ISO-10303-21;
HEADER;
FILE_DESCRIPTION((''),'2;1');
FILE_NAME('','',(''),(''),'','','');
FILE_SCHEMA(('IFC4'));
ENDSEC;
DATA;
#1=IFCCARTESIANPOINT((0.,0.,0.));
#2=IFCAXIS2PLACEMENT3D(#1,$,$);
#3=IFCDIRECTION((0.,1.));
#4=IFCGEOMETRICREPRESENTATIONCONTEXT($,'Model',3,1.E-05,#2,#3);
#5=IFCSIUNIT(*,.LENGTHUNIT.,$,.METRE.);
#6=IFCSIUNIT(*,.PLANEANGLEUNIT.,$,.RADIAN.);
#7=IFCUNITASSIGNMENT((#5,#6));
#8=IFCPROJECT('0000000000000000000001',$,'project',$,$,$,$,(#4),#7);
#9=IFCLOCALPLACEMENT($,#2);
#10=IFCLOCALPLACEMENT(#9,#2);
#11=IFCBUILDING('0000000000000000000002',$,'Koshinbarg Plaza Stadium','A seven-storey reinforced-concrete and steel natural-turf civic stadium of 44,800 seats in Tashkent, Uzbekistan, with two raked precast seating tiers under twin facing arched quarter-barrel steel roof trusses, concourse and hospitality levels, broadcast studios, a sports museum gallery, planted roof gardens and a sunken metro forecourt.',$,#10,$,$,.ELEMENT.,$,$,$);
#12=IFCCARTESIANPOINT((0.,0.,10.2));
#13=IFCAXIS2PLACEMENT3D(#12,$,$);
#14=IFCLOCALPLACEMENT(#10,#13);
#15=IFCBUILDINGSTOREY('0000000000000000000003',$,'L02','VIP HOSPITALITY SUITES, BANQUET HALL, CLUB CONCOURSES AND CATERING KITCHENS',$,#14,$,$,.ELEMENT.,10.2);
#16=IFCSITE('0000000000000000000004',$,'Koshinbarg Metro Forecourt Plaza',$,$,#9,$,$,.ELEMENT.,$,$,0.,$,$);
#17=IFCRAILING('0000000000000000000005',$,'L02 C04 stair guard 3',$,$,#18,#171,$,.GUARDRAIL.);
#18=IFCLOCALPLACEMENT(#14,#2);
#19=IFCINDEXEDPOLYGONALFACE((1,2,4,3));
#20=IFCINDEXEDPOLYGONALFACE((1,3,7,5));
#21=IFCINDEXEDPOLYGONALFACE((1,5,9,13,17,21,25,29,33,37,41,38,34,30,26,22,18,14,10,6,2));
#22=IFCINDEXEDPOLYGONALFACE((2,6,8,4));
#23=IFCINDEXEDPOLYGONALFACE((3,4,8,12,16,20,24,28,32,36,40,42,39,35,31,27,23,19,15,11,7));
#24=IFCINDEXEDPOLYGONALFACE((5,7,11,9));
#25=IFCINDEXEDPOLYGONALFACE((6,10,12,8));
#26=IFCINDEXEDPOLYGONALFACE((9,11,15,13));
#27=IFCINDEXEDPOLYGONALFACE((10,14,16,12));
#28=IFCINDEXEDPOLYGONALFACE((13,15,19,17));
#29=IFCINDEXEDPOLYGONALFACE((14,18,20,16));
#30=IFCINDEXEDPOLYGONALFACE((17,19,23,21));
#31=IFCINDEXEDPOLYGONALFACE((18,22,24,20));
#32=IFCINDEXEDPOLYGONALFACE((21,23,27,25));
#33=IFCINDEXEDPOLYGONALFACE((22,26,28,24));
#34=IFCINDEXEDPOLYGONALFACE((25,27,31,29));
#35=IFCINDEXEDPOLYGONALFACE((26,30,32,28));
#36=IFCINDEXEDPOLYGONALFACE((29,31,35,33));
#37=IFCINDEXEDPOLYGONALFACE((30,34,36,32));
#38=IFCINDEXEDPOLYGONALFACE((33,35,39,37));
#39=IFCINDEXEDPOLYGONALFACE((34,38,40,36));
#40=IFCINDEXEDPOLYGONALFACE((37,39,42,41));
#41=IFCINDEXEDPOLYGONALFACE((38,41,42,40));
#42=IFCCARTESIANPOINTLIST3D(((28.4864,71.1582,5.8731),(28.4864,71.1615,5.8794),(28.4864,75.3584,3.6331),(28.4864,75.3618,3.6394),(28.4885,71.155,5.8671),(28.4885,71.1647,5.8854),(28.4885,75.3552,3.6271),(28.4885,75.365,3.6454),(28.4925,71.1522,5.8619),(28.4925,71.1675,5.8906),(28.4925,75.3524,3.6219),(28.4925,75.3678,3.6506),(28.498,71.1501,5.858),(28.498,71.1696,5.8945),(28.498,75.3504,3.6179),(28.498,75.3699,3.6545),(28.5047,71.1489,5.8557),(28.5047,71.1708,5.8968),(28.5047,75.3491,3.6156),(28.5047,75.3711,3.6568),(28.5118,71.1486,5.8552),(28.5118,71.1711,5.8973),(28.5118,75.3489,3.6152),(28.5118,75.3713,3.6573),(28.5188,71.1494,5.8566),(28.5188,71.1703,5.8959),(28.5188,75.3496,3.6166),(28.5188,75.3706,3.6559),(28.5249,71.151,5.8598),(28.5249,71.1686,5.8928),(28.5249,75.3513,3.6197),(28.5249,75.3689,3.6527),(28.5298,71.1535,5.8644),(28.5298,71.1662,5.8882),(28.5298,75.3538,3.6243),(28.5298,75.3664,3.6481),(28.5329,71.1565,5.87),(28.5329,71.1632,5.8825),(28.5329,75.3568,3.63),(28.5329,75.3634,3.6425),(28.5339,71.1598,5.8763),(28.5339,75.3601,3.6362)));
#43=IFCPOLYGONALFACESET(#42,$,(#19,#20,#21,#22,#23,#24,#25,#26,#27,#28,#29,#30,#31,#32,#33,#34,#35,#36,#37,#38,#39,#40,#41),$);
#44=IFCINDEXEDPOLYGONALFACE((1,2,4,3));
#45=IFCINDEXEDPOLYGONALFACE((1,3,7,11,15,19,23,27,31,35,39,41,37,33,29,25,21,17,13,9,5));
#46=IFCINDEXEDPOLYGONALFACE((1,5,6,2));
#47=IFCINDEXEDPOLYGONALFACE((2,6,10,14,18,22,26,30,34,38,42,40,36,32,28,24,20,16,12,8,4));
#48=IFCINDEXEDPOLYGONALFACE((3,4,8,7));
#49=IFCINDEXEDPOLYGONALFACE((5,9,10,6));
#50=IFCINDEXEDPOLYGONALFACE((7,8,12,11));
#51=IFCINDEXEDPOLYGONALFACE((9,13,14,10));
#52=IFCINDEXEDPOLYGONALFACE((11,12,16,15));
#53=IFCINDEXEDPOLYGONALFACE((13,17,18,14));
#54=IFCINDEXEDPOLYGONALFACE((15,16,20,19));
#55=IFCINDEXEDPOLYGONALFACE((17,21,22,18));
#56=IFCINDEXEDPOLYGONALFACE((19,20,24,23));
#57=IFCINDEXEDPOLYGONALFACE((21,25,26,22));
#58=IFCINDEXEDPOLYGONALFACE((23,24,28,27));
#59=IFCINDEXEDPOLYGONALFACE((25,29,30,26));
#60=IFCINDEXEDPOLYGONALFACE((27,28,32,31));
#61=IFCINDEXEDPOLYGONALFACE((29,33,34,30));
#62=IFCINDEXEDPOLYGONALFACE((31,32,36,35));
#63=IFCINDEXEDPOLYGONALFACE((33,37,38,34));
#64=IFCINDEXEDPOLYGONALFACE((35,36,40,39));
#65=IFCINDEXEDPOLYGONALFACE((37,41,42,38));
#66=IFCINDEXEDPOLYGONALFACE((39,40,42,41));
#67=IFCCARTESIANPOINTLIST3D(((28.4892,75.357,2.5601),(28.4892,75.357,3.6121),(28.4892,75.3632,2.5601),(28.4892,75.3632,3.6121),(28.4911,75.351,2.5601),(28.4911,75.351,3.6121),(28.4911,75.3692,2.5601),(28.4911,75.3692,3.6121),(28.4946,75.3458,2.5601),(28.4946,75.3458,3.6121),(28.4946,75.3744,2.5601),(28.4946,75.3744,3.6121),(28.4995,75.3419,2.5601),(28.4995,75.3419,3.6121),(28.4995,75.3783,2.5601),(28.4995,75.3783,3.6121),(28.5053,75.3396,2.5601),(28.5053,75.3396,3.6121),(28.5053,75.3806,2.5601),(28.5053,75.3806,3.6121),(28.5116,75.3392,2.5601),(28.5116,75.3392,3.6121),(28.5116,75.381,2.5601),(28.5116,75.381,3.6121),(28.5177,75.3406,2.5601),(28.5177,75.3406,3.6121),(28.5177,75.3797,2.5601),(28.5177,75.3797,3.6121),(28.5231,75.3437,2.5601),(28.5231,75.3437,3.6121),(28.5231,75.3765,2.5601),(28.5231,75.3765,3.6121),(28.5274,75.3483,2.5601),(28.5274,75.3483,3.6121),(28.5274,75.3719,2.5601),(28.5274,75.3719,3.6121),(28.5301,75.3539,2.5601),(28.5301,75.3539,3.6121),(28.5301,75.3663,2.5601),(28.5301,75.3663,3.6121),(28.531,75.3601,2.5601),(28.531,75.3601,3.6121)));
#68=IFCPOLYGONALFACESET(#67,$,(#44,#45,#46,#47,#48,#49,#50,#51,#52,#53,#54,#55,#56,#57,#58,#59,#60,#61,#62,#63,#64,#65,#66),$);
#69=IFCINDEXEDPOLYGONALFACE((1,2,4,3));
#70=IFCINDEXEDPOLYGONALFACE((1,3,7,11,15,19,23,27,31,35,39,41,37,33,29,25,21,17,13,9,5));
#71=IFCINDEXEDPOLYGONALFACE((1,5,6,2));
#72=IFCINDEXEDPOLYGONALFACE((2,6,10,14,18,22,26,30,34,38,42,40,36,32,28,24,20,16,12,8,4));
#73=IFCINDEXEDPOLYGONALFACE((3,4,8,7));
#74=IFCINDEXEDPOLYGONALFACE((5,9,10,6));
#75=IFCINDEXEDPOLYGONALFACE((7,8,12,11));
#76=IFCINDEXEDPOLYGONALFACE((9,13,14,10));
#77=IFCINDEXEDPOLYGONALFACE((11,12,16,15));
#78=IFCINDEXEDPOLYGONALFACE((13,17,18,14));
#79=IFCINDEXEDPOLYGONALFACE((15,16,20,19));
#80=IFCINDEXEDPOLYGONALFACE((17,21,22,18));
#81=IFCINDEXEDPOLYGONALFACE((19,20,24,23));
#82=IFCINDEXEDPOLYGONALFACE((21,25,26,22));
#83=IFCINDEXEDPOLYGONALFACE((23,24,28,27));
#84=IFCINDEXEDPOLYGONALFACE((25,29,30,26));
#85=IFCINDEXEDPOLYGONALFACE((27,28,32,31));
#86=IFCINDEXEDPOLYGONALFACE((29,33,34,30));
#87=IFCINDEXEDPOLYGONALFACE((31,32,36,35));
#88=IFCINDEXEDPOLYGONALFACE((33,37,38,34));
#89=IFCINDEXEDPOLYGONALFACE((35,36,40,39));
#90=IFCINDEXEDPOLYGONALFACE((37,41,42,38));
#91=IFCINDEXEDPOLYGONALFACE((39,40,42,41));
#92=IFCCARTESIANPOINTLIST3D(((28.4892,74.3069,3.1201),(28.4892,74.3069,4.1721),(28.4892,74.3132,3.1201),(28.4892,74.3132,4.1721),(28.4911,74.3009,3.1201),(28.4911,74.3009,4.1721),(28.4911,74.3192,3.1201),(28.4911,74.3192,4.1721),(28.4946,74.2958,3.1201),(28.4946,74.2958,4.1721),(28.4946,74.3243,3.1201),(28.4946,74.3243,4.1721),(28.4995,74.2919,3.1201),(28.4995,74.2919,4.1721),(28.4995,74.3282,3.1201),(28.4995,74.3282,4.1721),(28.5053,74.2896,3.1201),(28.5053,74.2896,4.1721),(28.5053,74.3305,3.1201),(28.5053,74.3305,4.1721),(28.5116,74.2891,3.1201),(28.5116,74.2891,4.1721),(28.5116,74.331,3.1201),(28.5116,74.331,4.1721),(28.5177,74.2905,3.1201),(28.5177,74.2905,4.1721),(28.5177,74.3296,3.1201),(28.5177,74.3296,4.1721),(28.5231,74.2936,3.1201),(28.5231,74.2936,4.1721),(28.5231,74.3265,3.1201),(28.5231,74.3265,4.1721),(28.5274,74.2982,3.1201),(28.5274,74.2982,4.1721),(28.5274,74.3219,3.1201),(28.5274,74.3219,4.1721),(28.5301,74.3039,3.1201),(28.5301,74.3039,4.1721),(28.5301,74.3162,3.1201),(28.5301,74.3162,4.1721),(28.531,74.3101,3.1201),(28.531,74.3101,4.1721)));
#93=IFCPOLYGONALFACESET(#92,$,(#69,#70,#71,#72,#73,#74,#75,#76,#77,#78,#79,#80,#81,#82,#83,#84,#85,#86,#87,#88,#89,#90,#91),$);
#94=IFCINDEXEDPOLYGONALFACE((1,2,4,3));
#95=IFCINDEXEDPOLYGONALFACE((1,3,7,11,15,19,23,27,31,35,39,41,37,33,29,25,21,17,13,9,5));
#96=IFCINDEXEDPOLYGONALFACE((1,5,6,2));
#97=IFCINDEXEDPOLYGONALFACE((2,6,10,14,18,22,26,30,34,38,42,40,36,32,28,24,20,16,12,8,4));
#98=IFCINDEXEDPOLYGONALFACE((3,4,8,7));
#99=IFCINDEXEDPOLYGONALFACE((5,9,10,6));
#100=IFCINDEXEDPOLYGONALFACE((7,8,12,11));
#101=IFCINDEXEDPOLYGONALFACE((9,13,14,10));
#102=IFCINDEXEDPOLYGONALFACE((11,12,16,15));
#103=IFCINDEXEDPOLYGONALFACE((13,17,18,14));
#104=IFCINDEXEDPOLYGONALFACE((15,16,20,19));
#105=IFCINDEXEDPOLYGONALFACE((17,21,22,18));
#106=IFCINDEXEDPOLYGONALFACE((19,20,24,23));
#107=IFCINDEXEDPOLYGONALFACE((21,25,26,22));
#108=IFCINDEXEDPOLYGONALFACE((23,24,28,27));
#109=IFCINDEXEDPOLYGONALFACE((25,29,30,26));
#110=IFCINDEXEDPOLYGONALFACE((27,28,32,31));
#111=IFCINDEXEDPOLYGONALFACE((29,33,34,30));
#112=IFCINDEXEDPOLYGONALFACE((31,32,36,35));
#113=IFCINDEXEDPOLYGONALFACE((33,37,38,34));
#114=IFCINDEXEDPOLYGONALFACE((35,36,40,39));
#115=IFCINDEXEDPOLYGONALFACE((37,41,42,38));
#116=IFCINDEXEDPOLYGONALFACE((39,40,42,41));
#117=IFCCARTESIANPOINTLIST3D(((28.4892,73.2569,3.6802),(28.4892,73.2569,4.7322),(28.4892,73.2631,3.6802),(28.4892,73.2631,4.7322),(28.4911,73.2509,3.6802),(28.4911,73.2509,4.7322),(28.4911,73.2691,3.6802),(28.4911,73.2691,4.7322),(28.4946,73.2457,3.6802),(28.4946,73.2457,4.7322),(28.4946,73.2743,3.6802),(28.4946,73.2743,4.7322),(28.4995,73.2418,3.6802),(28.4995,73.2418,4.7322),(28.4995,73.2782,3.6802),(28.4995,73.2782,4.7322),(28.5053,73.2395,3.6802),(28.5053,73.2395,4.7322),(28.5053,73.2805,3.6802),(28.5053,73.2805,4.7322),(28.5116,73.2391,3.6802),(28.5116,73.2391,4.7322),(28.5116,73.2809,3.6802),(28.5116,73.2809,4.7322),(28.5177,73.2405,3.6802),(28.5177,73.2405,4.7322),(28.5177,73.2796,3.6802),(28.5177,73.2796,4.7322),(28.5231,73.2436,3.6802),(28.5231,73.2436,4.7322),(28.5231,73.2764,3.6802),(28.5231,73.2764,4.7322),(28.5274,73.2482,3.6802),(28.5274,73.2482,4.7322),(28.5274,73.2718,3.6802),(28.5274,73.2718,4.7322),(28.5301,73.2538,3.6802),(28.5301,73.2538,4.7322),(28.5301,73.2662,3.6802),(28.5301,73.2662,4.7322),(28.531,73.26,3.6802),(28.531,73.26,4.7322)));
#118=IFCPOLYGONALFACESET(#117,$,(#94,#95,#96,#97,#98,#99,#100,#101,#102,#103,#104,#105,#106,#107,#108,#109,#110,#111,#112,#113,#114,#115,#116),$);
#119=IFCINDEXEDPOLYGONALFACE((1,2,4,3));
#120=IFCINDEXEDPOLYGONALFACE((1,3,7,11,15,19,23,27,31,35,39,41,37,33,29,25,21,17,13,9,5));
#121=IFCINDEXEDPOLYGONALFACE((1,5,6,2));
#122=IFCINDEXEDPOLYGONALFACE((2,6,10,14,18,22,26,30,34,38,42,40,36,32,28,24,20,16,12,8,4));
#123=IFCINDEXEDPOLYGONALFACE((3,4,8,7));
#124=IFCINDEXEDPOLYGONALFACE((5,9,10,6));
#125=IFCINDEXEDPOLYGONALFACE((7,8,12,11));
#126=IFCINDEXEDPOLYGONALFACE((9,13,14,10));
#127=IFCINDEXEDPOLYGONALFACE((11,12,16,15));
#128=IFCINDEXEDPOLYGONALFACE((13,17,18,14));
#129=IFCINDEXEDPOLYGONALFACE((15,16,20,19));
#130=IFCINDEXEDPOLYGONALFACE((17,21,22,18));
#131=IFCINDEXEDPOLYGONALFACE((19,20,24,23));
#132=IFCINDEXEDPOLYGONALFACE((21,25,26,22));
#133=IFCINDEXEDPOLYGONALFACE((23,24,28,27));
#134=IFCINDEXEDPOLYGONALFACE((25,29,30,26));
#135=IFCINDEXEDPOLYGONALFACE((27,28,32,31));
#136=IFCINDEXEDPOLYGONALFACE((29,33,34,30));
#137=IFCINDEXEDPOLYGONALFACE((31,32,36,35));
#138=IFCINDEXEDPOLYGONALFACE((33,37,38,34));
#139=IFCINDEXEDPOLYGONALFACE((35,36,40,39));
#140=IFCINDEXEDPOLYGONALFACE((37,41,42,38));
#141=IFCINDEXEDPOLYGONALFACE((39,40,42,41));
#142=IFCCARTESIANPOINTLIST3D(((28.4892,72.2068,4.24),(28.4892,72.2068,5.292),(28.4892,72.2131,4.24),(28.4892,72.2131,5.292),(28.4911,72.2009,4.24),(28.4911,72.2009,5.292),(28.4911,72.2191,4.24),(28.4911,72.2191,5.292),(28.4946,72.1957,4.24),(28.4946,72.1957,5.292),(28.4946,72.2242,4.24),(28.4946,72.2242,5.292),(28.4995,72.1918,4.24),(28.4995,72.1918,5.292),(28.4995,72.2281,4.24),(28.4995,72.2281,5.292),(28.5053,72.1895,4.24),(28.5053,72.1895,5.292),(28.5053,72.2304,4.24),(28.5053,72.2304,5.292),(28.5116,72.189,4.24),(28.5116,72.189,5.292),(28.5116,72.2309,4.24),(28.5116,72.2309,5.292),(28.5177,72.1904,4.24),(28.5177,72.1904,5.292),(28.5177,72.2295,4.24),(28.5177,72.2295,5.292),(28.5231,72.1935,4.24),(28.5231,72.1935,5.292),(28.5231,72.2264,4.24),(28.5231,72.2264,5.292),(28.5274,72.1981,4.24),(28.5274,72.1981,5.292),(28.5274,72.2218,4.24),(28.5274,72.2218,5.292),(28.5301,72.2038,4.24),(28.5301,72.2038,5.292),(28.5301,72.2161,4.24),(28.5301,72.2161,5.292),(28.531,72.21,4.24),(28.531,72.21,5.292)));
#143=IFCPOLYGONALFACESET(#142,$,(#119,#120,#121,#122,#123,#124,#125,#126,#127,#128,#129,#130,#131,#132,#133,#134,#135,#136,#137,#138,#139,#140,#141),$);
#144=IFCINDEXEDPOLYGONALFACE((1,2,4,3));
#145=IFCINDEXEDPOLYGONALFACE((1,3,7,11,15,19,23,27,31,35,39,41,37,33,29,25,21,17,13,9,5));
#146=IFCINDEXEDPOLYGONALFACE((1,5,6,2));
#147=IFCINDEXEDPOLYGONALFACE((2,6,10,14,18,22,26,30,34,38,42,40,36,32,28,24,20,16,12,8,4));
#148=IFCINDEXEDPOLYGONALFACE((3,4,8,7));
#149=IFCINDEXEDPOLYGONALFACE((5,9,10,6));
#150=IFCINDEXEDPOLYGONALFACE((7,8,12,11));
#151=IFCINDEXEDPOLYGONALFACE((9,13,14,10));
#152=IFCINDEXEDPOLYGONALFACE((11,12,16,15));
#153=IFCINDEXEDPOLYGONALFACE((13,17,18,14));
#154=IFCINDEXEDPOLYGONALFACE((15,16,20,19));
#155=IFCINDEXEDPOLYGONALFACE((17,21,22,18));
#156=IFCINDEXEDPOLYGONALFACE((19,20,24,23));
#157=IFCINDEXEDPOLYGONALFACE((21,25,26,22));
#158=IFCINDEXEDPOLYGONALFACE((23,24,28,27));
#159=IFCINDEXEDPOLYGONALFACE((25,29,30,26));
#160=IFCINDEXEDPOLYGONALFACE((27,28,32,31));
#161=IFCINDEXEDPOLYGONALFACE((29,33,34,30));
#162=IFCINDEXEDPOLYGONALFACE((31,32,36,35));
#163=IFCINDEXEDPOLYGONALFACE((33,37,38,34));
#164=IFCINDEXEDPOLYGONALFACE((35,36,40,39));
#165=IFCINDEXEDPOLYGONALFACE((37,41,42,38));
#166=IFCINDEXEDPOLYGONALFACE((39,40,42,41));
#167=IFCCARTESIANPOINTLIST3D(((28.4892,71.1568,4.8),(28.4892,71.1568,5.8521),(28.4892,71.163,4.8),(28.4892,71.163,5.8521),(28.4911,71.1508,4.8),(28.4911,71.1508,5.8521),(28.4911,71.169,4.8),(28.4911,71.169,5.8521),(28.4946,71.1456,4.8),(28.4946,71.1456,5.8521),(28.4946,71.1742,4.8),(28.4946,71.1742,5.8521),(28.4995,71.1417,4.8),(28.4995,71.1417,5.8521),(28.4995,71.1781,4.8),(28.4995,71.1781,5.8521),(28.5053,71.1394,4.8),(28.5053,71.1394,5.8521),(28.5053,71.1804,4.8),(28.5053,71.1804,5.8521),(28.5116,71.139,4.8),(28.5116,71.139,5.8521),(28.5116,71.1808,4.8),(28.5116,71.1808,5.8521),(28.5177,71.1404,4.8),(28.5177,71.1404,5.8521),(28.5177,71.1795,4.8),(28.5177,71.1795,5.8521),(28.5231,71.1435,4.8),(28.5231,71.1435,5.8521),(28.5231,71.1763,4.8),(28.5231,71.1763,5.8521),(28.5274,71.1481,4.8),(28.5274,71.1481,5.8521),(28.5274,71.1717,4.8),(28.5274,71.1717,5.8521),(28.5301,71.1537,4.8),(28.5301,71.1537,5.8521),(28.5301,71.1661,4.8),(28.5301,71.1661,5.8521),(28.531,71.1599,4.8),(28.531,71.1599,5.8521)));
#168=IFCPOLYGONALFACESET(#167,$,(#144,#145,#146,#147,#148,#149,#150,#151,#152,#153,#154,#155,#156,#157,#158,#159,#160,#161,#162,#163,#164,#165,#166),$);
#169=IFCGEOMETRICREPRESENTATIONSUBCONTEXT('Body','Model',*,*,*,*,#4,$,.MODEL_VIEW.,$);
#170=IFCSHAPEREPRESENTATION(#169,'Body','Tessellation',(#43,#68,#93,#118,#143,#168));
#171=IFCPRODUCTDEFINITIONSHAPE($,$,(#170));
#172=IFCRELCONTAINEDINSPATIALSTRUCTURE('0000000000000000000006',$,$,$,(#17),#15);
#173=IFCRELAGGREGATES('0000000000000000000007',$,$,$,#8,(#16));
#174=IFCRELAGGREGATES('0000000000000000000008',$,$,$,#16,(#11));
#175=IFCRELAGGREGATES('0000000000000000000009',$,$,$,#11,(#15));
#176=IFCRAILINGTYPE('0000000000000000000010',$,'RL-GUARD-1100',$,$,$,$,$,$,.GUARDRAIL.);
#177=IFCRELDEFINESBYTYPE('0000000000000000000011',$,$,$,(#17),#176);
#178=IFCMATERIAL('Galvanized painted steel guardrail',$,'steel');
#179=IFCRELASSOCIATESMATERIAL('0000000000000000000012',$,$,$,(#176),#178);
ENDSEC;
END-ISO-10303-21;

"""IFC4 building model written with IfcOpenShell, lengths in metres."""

from ifc_helpers import new_model, si_unit, direction, frame, origin, origin_2d, place, context, subcontext, project, spatial, circle, extrude, material, type_object, element, save


model = new_model("IFC4")

# Units and contexts
model_context = context("Model", 3, precision=1e-05, world=origin(), true_north=direction((0.0, 1.0)))
body_context = subcontext(model_context, "Body", "Model", "MODEL_VIEW")
ifc_project = project(units=[si_unit("LENGTHUNIT", "METRE"), si_unit("PLANEANGLEUNIT", "RADIAN")], contexts=[model_context])

# Site, building, storey
site_placement = place(None, origin())
site = spatial("IfcSite", under=ifc_project, at=site_placement, Name="Koshinbarg Metro Forecourt Plaza", CompositionType="ELEMENT", RefElevation=0.0)
building_placement = place(site_placement, origin())
building = spatial("IfcBuilding", under=site, at=building_placement, Name="Koshinbarg Plaza Stadium", Description="A seven-storey reinforced-concrete and steel natural-turf civic stadium of 44,800 seats in Tashkent, Uzbekistan, with two raked precast seating tiers under twin facing arched quarter-barrel steel roof trusses, concourse and hospitality levels, broadcast studios, a sports museum gallery, planted roof gardens and a sunken metro forecourt.", CompositionType="ELEMENT")
storey_placement = place(building_placement, frame((0.0, 0.0, 10.2)))
storey = spatial("IfcBuildingStorey", under=building, at=storey_placement, Name="L02", Description="VIP HOSPITALITY SUITES, BANQUET HALL, CLUB CONCOURSES AND CATERING KITCHENS", CompositionType="ELEMENT", Elevation=10.2)

# Railing
ifc_material_1 = material(Name="Galvanized painted steel guardrail", Category="steel")
railing_type_1 = type_object("IfcRailingType", Name="RL-GUARD-1100", PredefinedType="GUARDRAIL", material=ifc_material_1)
railing_1_placement = place(storey_placement, frame((28.51, 75.3601, 2.5601)))
element("IfcRailing", 1, at=railing_1_placement, inside=storey, type_object=railing_type_1, Name="L02 C04 stair guard 3", PredefinedType="GUARDRAIL", context=body_context, shape_type="SweptSolid", body=[
    extrude(circle(Radius=0.0239, at=origin_2d()), frame((0.0, 0.0, 1.0762), z_axis=(0.0, -0.882363, 0.47057), x_axis=(1.0, 0.0, 0.0)), (0.0, 0.0, 1.0), 4.7603),
    extrude(circle(Radius=0.021, at=origin_2d()), origin(), (0.0, 0.0, 1.0), 1.052),
    extrude(circle(Radius=0.021, at=origin_2d()), frame((0.0, -1.05, 0.5601)), (0.0, 0.0, 1.0), 1.052),
    extrude(circle(Radius=0.021, at=origin_2d()), frame((0.0, -2.1001, 1.1201)), (0.0, 0.0, 1.0), 1.052),
    extrude(circle(Radius=0.021, at=origin_2d()), frame((0.0, -3.1501, 1.6799)), (0.0, 0.0, 1.0), 1.052),
    extrude(circle(Radius=0.021, at=origin_2d()), frame((0.0, -4.2002, 2.24)), (0.0, 0.0, 1.0), 1.052),
])

save(model, "model.ifc")
